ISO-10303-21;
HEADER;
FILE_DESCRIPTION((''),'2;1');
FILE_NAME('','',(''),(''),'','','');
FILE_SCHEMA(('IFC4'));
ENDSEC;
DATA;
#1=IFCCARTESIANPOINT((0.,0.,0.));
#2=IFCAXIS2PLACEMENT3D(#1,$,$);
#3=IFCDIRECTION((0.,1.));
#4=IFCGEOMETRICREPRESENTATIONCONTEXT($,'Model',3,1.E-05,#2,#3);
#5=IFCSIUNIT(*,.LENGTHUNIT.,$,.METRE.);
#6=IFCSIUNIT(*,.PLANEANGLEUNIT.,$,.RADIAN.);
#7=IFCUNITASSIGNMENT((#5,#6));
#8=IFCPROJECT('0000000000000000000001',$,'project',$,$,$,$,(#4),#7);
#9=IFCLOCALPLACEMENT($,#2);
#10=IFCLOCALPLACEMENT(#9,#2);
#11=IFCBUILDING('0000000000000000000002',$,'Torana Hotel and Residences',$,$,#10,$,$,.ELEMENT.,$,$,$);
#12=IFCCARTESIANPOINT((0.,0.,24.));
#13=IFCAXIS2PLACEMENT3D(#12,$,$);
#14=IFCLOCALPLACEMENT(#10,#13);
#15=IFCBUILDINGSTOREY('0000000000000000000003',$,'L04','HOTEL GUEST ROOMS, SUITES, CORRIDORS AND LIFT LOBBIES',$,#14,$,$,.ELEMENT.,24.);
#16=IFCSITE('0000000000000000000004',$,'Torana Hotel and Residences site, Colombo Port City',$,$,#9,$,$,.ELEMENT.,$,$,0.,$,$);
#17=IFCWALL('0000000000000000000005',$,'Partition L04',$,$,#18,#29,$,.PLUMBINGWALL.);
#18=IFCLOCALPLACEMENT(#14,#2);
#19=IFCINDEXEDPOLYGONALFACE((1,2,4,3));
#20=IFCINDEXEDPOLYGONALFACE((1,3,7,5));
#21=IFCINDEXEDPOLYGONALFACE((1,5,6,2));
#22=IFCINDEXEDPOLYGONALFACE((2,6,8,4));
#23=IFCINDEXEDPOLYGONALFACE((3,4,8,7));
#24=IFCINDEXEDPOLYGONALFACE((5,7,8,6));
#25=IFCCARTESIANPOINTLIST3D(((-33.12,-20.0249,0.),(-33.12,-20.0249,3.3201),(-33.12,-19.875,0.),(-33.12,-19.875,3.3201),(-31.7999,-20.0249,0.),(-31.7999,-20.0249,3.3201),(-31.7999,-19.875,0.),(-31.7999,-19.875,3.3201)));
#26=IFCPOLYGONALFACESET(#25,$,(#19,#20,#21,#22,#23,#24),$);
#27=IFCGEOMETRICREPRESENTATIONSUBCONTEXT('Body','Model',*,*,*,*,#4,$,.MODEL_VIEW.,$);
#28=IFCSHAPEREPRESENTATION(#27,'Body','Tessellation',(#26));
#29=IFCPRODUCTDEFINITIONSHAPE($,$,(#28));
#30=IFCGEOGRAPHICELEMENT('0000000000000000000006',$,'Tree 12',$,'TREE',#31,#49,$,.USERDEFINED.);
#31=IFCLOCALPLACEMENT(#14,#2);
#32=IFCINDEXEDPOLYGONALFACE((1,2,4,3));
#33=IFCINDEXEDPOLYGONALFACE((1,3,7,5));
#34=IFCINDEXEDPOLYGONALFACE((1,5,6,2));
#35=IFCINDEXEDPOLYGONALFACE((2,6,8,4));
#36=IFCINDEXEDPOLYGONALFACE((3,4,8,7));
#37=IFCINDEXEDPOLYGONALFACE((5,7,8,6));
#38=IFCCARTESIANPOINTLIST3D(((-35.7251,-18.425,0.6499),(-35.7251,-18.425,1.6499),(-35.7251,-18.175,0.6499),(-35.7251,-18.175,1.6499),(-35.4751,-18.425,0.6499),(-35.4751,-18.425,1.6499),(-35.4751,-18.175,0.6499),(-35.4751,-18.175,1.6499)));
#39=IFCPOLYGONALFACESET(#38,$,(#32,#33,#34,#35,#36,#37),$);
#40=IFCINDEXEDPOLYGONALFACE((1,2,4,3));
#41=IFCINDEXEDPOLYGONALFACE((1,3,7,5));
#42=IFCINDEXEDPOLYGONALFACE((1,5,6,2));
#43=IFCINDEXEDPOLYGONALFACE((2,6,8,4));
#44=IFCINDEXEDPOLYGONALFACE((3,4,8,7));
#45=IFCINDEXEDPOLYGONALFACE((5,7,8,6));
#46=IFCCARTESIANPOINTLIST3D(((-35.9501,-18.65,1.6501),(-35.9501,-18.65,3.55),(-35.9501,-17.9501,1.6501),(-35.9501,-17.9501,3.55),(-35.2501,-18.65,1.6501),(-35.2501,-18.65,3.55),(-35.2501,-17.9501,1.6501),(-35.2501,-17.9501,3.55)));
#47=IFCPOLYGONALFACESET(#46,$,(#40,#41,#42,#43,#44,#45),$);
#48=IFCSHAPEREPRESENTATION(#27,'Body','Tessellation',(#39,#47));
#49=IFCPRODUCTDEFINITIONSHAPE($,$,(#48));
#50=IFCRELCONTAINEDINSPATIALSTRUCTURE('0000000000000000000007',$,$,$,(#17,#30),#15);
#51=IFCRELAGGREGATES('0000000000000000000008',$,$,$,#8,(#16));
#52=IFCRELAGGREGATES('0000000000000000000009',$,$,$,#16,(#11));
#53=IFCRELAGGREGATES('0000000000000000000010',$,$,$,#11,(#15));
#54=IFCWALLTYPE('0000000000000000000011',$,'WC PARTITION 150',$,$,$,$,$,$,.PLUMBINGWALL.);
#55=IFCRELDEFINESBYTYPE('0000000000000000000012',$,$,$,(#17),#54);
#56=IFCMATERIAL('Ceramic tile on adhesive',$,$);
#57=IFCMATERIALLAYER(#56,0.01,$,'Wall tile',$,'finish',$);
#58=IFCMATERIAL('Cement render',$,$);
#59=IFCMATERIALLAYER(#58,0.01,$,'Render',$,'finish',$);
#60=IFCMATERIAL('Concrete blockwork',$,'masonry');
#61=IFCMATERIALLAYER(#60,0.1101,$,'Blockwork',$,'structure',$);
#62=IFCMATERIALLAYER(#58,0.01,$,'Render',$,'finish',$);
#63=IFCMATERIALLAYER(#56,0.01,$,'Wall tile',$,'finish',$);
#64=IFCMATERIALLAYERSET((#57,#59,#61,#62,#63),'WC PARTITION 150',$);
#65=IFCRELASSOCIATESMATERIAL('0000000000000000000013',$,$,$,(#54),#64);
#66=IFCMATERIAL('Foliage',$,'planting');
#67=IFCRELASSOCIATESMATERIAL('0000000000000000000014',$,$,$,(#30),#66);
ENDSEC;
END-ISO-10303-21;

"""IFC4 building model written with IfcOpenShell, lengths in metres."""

from ifc_helpers import new_model, si_unit, direction, frame, frame_2d, origin, origin_2d, place, context, subcontext, project, spatial, rectangle, extrude, material, layer, layer_set, type_object, element, save


model = new_model("IFC4")

# Units and contexts
model_context = context("Model", 3, precision=1e-05, world=origin(), true_north=direction((0.0, 1.0)))
body_context = subcontext(model_context, "Body", "Model", "MODEL_VIEW")
ifc_project = project(units=[si_unit("LENGTHUNIT", "METRE"), si_unit("PLANEANGLEUNIT", "RADIAN")], contexts=[model_context])

# Site, building, storey
site_placement = place(None, origin())
site = spatial("IfcSite", under=ifc_project, at=site_placement, Name="Torana Hotel and Residences site, Colombo Port City", CompositionType="ELEMENT", RefElevation=0.0)
building_placement = place(site_placement, origin())
building = spatial("IfcBuilding", under=site, at=building_placement, Name="Torana Hotel and Residences", CompositionType="ELEMENT")
storey_placement = place(building_placement, frame((0.0, 0.0, 24.0)))
storey = spatial("IfcBuildingStorey", under=building, at=storey_placement, Name="L04", Description="HOTEL GUEST ROOMS, SUITES, CORRIDORS AND LIFT LOBBIES", CompositionType="ELEMENT", Elevation=24.0)

# Wall
ifc_material_1 = material(Name="Ceramic tile on adhesive")
ifc_layer_1 = layer(ifc_material_1, 0.01, Name="Wall tile", Category="finish")
ifc_material_2 = material(Name="Cement render")
ifc_layer_2 = layer(ifc_material_2, 0.01, Name="Render", Category="finish")
ifc_material_3 = material(Name="Concrete blockwork", Category="masonry")
ifc_layer_3 = layer(ifc_material_3, 0.1101, Name="Blockwork", Category="structure")
ifc_layer_4 = layer(ifc_material_2, 0.01, Name="Render", Category="finish")
ifc_layer_5 = layer(ifc_material_1, 0.01, Name="Wall tile", Category="finish")
ifc_layer_set = layer_set([ifc_layer_1, ifc_layer_2, ifc_layer_3, ifc_layer_4, ifc_layer_5], Name="WC PARTITION 150")
wall_type = type_object("IfcWallType", Name="WC PARTITION 150", PredefinedType="PLUMBINGWALL", material=ifc_layer_set)
wall_placement = place(storey_placement, frame((-33.1201, -19.95, 0.0), z_axis=(0.0, 0.0, 1.0), x_axis=(1.0, 0.0, 0.0)))
element("IfcWall", 1, at=wall_placement, inside=storey, type_object=wall_type, Name="Partition L04", PredefinedType="PLUMBINGWALL", context=body_context, shape_type="SweptSolid", body=[
    extrude(rectangle(XDim=1.3201, YDim=0.1499, at=frame_2d((0.6602, 0.0))), origin(), (0.0, 0.0, 1.0), 3.3201),
])

# Geographic element
ifc_material_4 = material(Name="Foliage", Category="planting")
geographic_element_placement = place(storey_placement, frame((-35.6001, -18.3, 0.6499), z_axis=(0.0, 0.0, 1.0), x_axis=(1.0, 0.0, 0.0)))
element("IfcGeographicElement", 2, at=geographic_element_placement, inside=storey, material=ifc_material_4, Name="Tree 12", ObjectType="TREE", PredefinedType="USERDEFINED", context=body_context, shape_type="SweptSolid", body=[
    extrude(rectangle(XDim=0.25, YDim=0.25, at=origin_2d()), origin(), (0.0, 0.0, 1.0), 1.0),
    extrude(rectangle(XDim=0.7, YDim=0.7, at=origin_2d()), frame((0.0, 0.0, 1.0002)), (0.0, 0.0, 1.0), 1.8999),
])

save(model, "model.ifc")
